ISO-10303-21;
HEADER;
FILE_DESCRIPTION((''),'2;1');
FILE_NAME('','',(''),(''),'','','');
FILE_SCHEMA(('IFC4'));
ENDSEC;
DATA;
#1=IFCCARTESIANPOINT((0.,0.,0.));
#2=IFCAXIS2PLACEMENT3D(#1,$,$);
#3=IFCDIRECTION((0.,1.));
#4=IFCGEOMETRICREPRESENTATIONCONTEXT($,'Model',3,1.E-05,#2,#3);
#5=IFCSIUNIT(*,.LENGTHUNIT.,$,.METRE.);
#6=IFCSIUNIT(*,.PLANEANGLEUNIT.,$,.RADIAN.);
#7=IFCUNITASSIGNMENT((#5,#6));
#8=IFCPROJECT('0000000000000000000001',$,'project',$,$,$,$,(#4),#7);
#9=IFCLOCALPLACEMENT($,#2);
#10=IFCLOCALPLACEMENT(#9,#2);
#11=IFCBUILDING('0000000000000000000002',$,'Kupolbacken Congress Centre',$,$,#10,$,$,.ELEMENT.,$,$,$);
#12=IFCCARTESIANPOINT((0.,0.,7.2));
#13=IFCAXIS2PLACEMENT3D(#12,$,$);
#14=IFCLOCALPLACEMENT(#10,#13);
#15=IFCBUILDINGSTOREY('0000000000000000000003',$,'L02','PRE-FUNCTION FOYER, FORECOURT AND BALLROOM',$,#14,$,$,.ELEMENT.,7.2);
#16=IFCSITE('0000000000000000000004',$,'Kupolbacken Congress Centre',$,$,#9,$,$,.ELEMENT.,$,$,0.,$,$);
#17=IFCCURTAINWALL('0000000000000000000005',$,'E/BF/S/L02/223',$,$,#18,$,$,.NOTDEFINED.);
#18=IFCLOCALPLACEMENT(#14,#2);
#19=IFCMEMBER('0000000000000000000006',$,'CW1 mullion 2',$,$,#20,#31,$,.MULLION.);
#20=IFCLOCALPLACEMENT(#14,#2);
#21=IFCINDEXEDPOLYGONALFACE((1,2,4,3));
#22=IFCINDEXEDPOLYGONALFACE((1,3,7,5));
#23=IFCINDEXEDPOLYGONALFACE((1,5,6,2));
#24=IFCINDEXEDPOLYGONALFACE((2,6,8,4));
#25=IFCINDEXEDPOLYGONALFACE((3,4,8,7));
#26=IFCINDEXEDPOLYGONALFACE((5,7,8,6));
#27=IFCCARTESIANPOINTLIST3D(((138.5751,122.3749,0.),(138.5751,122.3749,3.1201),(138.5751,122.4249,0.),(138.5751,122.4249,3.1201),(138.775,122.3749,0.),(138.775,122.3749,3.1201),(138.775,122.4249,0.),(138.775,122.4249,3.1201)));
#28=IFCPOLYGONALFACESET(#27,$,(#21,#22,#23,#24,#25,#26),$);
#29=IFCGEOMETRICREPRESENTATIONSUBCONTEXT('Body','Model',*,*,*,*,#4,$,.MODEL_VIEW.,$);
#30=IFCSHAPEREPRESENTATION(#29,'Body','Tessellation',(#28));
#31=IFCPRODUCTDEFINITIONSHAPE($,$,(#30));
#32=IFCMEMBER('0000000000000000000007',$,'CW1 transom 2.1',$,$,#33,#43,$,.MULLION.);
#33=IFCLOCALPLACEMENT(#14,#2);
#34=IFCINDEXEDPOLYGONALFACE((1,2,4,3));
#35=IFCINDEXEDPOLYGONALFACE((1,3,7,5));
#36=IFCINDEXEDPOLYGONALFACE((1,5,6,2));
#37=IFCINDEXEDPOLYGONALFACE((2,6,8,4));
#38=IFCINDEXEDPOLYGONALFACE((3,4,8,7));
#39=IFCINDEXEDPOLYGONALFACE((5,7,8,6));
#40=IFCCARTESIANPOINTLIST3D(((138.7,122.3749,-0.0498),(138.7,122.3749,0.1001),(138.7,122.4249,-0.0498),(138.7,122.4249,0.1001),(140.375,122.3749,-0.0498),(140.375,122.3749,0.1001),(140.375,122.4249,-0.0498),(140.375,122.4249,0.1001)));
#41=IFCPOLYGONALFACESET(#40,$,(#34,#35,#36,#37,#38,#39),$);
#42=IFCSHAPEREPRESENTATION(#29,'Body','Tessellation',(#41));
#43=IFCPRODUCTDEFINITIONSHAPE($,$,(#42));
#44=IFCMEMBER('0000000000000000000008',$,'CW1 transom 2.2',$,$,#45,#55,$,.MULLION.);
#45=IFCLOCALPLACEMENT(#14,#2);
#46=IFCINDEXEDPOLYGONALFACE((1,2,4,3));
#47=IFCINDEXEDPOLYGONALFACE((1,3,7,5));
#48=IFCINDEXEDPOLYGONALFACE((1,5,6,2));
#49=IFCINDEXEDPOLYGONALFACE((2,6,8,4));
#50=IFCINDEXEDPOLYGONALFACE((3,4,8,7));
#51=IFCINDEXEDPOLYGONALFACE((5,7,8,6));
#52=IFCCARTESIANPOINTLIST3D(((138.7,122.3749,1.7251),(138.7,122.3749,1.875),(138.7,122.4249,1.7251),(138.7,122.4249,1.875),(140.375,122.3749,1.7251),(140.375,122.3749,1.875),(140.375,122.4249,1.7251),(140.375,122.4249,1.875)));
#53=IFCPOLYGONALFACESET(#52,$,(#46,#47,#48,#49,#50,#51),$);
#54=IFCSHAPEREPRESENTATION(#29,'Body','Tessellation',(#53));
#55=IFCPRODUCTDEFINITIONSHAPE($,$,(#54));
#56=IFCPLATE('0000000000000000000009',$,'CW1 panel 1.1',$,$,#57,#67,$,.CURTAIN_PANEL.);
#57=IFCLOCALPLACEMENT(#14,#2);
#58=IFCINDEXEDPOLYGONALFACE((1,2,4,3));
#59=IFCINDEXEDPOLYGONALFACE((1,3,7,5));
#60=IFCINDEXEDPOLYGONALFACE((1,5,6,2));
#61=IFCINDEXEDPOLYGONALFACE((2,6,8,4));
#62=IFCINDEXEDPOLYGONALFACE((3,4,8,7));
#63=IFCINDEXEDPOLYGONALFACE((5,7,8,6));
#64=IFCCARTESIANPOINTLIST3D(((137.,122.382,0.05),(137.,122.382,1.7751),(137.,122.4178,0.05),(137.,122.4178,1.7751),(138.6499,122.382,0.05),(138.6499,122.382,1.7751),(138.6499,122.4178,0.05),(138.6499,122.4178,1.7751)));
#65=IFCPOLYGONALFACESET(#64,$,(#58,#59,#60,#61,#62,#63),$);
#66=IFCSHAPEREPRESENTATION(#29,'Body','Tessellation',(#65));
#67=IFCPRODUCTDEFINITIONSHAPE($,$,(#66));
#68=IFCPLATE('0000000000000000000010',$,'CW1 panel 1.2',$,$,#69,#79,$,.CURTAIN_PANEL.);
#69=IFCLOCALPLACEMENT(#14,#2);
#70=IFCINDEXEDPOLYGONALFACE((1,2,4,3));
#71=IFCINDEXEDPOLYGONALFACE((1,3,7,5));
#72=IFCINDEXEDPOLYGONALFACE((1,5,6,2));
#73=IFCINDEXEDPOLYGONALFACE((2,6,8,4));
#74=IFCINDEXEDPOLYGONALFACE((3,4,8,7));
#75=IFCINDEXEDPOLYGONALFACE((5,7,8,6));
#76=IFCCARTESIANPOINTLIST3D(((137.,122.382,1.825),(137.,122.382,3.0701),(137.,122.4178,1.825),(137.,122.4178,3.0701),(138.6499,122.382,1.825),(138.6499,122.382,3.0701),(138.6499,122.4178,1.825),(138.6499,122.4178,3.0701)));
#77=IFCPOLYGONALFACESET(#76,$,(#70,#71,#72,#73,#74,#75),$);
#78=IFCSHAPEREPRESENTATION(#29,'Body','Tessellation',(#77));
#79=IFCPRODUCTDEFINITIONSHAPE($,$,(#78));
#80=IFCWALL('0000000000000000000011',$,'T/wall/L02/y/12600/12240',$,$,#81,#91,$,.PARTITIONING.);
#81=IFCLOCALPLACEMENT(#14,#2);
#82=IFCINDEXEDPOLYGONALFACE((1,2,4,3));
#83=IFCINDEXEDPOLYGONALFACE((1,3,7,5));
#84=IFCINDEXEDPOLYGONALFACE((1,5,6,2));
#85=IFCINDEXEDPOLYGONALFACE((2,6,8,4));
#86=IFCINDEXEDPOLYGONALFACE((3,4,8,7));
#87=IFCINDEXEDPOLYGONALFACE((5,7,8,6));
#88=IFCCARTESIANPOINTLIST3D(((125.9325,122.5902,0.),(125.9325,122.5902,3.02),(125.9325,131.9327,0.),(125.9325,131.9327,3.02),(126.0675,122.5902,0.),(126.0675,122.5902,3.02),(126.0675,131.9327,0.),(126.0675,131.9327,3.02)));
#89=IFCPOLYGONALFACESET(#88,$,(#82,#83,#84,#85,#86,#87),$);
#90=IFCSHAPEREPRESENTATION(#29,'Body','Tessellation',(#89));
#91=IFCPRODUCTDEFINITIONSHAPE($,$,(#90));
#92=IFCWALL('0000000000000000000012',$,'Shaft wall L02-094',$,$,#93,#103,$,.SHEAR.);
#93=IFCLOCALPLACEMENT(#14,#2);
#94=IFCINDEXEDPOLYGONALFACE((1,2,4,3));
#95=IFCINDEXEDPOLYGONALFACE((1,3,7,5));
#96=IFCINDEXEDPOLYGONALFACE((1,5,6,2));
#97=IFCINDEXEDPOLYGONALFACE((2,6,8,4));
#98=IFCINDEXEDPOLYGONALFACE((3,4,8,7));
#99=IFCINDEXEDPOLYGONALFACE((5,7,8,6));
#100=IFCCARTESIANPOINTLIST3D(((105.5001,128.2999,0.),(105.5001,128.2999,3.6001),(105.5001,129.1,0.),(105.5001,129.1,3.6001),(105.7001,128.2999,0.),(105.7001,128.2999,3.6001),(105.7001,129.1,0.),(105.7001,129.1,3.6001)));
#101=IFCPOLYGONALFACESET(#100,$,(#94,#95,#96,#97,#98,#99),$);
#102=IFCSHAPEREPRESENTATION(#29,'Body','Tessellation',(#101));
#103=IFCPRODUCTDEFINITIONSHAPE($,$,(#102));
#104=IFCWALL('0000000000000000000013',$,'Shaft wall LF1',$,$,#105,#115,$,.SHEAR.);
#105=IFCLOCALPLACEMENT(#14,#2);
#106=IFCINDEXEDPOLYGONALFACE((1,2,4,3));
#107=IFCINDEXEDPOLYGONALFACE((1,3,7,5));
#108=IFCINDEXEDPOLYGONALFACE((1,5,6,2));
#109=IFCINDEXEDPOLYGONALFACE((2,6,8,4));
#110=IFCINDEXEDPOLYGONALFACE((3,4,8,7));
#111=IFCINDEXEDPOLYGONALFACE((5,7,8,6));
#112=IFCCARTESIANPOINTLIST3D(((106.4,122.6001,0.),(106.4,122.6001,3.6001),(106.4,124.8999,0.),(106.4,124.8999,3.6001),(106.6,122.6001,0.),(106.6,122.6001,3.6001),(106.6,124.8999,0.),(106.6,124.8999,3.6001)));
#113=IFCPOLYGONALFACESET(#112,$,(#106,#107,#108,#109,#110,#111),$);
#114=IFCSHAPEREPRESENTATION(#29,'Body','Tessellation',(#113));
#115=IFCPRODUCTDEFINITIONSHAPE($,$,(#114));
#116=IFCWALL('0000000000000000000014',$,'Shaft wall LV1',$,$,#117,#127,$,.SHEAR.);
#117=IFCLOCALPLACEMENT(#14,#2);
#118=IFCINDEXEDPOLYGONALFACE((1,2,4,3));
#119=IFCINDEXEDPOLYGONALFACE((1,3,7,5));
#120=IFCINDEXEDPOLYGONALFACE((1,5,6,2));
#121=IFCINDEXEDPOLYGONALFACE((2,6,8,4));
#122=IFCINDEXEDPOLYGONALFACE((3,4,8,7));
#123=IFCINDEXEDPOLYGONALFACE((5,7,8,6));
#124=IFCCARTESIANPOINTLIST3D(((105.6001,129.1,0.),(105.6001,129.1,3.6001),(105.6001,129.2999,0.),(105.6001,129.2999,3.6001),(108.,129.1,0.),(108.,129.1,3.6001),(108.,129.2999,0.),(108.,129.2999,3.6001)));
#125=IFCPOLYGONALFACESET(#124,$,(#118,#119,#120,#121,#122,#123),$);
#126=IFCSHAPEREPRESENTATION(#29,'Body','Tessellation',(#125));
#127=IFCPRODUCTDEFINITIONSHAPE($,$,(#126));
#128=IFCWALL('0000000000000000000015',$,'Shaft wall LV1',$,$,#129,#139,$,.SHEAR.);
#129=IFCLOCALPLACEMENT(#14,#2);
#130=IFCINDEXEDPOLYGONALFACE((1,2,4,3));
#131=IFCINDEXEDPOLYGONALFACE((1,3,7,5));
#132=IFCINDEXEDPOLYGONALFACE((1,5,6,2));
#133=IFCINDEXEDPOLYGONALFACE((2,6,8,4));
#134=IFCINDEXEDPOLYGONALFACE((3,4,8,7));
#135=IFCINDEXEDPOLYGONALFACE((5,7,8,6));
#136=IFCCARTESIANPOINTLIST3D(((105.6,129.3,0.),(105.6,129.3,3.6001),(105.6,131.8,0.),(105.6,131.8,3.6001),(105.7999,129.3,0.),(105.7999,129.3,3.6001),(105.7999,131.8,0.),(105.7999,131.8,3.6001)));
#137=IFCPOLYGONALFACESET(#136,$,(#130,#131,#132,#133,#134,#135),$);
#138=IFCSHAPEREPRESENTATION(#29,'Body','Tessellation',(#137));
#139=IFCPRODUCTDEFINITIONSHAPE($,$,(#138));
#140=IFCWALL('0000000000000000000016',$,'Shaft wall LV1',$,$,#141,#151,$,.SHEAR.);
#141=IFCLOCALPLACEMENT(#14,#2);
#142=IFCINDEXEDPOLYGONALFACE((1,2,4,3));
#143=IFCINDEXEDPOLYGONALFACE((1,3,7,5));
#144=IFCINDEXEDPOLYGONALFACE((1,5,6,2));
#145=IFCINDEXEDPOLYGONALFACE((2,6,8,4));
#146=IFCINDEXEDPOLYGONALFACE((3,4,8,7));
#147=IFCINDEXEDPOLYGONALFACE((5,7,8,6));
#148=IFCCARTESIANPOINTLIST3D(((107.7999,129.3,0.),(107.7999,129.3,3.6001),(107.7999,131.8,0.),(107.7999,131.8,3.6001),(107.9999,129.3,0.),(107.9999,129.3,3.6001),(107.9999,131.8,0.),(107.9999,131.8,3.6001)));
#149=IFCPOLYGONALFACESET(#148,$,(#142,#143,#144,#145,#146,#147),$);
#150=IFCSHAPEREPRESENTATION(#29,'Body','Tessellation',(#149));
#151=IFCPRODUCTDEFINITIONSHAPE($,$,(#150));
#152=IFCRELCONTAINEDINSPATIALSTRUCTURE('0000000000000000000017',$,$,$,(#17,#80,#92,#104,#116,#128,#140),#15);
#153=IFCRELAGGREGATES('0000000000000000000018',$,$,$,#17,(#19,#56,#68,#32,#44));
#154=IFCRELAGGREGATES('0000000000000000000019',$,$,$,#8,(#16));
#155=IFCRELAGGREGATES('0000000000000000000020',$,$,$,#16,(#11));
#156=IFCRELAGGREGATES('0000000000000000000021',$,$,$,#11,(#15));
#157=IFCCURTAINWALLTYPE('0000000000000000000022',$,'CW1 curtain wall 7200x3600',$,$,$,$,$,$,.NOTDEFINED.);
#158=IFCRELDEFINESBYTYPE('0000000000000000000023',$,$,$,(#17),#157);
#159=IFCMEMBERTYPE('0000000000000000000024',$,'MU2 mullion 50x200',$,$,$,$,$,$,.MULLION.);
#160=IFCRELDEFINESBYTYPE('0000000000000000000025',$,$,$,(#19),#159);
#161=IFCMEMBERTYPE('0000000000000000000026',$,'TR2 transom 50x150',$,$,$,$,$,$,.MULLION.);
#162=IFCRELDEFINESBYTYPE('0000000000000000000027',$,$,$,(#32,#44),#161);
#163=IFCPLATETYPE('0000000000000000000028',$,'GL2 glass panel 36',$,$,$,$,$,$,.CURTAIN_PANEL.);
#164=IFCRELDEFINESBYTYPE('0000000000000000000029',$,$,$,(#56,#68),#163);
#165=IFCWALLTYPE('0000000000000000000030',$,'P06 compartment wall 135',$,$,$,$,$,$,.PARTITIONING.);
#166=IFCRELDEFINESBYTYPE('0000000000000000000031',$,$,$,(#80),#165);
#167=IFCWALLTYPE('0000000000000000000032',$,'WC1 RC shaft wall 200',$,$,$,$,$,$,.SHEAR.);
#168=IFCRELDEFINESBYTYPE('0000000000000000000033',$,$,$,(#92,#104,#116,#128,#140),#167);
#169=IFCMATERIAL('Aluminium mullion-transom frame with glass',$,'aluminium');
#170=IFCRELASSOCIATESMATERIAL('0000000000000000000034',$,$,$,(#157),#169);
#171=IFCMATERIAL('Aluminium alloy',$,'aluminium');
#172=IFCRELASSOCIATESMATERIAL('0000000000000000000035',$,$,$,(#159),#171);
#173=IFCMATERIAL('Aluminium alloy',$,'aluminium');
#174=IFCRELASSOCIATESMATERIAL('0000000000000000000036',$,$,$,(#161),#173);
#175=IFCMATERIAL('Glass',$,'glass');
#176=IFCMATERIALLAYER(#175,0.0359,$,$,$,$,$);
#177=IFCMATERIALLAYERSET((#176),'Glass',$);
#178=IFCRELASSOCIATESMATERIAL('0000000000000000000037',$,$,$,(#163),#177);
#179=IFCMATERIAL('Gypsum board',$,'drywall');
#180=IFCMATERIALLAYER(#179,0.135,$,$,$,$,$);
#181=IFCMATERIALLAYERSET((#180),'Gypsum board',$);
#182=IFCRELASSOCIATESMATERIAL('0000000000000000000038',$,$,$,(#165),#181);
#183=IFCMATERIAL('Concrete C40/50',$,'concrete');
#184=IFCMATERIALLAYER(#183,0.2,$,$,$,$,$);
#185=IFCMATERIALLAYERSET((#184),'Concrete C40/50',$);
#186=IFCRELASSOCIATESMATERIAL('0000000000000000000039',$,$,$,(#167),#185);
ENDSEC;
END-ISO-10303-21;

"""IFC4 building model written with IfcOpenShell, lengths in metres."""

from ifc_helpers import new_model, si_unit, direction, frame, frame_2d, origin, origin_2d, place, context, subcontext, project, spatial, rectangle, extrude, material, layer, layer_set, material_profile, profile_set, type_object, element, aggregate, save


model = new_model("IFC4")

# Units and contexts
model_context = context("Model", 3, precision=1e-05, world=origin(), true_north=direction((0.0, 1.0)))
body_context = subcontext(model_context, "Body", "Model", "MODEL_VIEW")
ifc_project = project(units=[si_unit("LENGTHUNIT", "METRE"), si_unit("PLANEANGLEUNIT", "RADIAN")], contexts=[model_context])

# Site, building, storey
site_placement = place(None, origin())
site = spatial("IfcSite", under=ifc_project, at=site_placement, Name="Kupolbacken Congress Centre", CompositionType="ELEMENT", RefElevation=0.0)
building_placement = place(site_placement, origin())
building = spatial("IfcBuilding", under=site, at=building_placement, Name="Kupolbacken Congress Centre", CompositionType="ELEMENT")
storey_placement = place(building_placement, frame((0.0, 0.0, 7.2)))
storey = spatial("IfcBuildingStorey", under=building, at=storey_placement, Name="L02", Description="PRE-FUNCTION FOYER, FORECOURT AND BALLROOM", CompositionType="ELEMENT", Elevation=7.2)

# Curtain wall, members, plates
ifc_material_1 = material(Name="Aluminium mullion-transom frame with glass", Category="aluminium")
curtain_wall_type = type_object("IfcCurtainWallType", Name="CW1 curtain wall 7200x3600", PredefinedType="NOTDEFINED", material=ifc_material_1)
curtain_wall_placement = place(storey_placement, origin())
curtain_wall = element("IfcCurtainWall", 1, at=curtain_wall_placement, inside=storey, type_object=curtain_wall_type, Name="E/BF/S/L02/223", PredefinedType="NOTDEFINED")
ifc_material_2 = material(Name="Aluminium alloy", Category="aluminium")
ifc_material_profile_1 = material_profile(ifc_material_2, rectangle(XDim=0.05, YDim=0.2, at=origin_2d()), Name="50 x 200")
ifc_profile_set_1 = profile_set([ifc_material_profile_1], Name="Aluminium alloy")
member_type_1 = type_object("IfcMemberType", Name="MU2 mullion 50x200", PredefinedType="MULLION", material=ifc_profile_set_1)
member_1_placement = place(storey_placement, frame((138.675, 122.3999, 0.0), z_axis=(0.0, 0.0, 1.0), x_axis=(0.0, 1.0, 0.0)))
member_1 = element("IfcMember", 2, at=member_1_placement, type_object=member_type_1, Name="CW1 mullion 2", PredefinedType="MULLION", context=body_context, shape_type="SweptSolid", body=[
    extrude(rectangle(XDim=0.05, YDim=0.2, at=origin_2d()), origin(), (0.0, 0.0, 1.0), 3.1201),
])
ifc_material_3 = material(Name="Aluminium alloy", Category="aluminium")
ifc_material_profile_2 = material_profile(ifc_material_3, rectangle(XDim=0.05, YDim=0.1499, at=origin_2d()), Name="50 x 150")
ifc_profile_set_2 = profile_set([ifc_material_profile_2], Name="Aluminium alloy")
member_type_2 = type_object("IfcMemberType", Name="TR2 transom 50x150", PredefinedType="MULLION", material=ifc_profile_set_2)
member_2_placement = place(storey_placement, frame((138.7, 122.3999, 0.0251), z_axis=(1.0, 0.0, 0.0), x_axis=(0.0, 1.0, 0.0)))
member_2 = element("IfcMember", 3, at=member_2_placement, type_object=member_type_2, Name="CW1 transom 2.1", PredefinedType="MULLION", context=body_context, shape_type="SweptSolid", body=[
    extrude(rectangle(XDim=0.05, YDim=0.1499, at=origin_2d()), origin(), (0.0, 0.0, 1.0), 1.675),
])
member_3_placement = place(storey_placement, frame((138.7, 122.3999, 1.8), z_axis=(1.0, 0.0, 0.0), x_axis=(0.0, 1.0, 0.0)))
member_3 = element("IfcMember", 4, at=member_3_placement, type_object=member_type_2, Name="CW1 transom 2.2", PredefinedType="MULLION", context=body_context, shape_type="SweptSolid", body=[
    extrude(rectangle(XDim=0.05, YDim=0.1499, at=origin_2d()), origin(), (0.0, 0.0, 1.0), 1.675),
])
ifc_material_4 = material(Name="Glass", Category="glass")
ifc_layer_1 = layer(ifc_material_4, 0.0359)
ifc_layer_set_1 = layer_set([ifc_layer_1], Name="Glass")
plate_type = type_object("IfcPlateType", Name="GL2 glass panel 36", PredefinedType="CURTAIN_PANEL", material=ifc_layer_set_1)
plate_1_placement = place(storey_placement, frame((137.825, 122.3999, 0.05), z_axis=(0.0, 0.0, 1.0), x_axis=(1.0, 0.0, 0.0)))
plate_1 = element("IfcPlate", 5, at=plate_1_placement, type_object=plate_type, Name="CW1 panel 1.1", PredefinedType="CURTAIN_PANEL", context=body_context, shape_type="SweptSolid", body=[
    extrude(rectangle(XDim=1.6499, YDim=0.0359, at=origin_2d()), origin(), (0.0, 0.0, 1.0), 1.7251),
])
plate_2_placement = place(storey_placement, frame((137.825, 122.3999, 1.825), z_axis=(0.0, 0.0, 1.0), x_axis=(1.0, 0.0, 0.0)))
plate_2 = element("IfcPlate", 6, at=plate_2_placement, type_object=plate_type, Name="CW1 panel 1.2", PredefinedType="CURTAIN_PANEL", context=body_context, shape_type="SweptSolid", body=[
    extrude(rectangle(XDim=1.6499, YDim=0.0359, at=origin_2d()), origin(), (0.0, 0.0, 1.0), 1.2451),
])
aggregate(curtain_wall, [member_1, plate_1, plate_2, member_2, member_3])

# Walls
ifc_material_5 = material(Name="Gypsum board", Category="drywall")
ifc_layer_2 = layer(ifc_material_5, 0.135)
ifc_layer_set_2 = layer_set([ifc_layer_2], Name="Gypsum board")
wall_type_1 = type_object("IfcWallType", Name="P06 compartment wall 135", PredefinedType="PARTITIONING", material=ifc_layer_set_2)
wall_1_placement = place(storey_placement, frame((126.0, 122.5901, 0.0), z_axis=(0.0, 0.0, 1.0), x_axis=(0.0, 1.0, 0.0)))
element("IfcWall", 7, at=wall_1_placement, inside=storey, type_object=wall_type_1, Name="T/wall/L02/y/12600/12240", PredefinedType="PARTITIONING", context=body_context, shape_type="SweptSolid", body=[
    extrude(rectangle(XDim=9.3425, YDim=0.135, at=frame_2d((4.6714, 0.0))), origin(), (0.0, 0.0, 1.0), 3.02),
])
ifc_material_6 = material(Name="Concrete C40/50", Category="concrete")
ifc_layer_3 = layer(ifc_material_6, 0.2)
ifc_layer_set_3 = layer_set([ifc_layer_3], Name="Concrete C40/50")
wall_type_2 = type_object("IfcWallType", Name="WC1 RC shaft wall 200", PredefinedType="SHEAR", material=ifc_layer_set_3)
wall_2_placement = place(storey_placement, frame((105.6001, 128.3, 0.0), z_axis=(0.0, 0.0, 1.0), x_axis=(0.0, 1.0, 0.0)))
element("IfcWall", 8, at=wall_2_placement, inside=storey, type_object=wall_type_2, Name="Shaft wall L02-094", PredefinedType="SHEAR", context=body_context, shape_type="SweptSolid", body=[
    extrude(rectangle(XDim=0.8, YDim=0.2, at=frame_2d((0.3999, 0.0))), origin(), (0.0, 0.0, 1.0), 3.6001),
])
wall_3_placement = place(storey_placement, frame((106.5, 122.6001, 0.0), z_axis=(0.0, 0.0, 1.0), x_axis=(0.0, 1.0, 0.0)))
element("IfcWall", 9, at=wall_3_placement, inside=storey, type_object=wall_type_2, Name="Shaft wall LF1", PredefinedType="SHEAR", context=body_context, shape_type="SweptSolid", body=[
    extrude(rectangle(XDim=2.2998, YDim=0.2, at=frame_2d((1.1499, 0.0))), origin(), (0.0, 0.0, 1.0), 3.6001),
])
wall_4_placement = place(storey_placement, frame((105.6001, 129.2, 0.0), z_axis=(0.0, 0.0, 1.0), x_axis=(1.0, 0.0, 0.0)))
element("IfcWall", 10, at=wall_4_placement, inside=storey, type_object=wall_type_2, Name="Shaft wall LV1", PredefinedType="SHEAR", context=body_context, shape_type="SweptSolid", body=[
    extrude(rectangle(XDim=2.3999, YDim=0.2, at=frame_2d((1.2, 0.0))), origin(), (0.0, 0.0, 1.0), 3.6001),
])
for number, where, z_axis, x_axis, name in (
    (11, (105.7, 129.3, 0.0), (0.0, 0.0, 1.0), (0.0, 1.0, 0.0), "Shaft wall LV1"),
    (12, (107.8999, 129.3, 0.0), (0.0, 0.0, 1.0), (0.0, 1.0, 0.0), "Shaft wall LV1"),
):
    element("IfcWall", number, at=place(storey_placement, frame(where, z_axis=z_axis, x_axis=x_axis)), inside=storey, type_object=wall_type_2, Name=name, PredefinedType="SHEAR", context=body_context, shape_type="SweptSolid", body=[
        extrude(rectangle(XDim=2.5, YDim=0.2, at=frame_2d((1.25, 0.0))), origin(), (0.0, 0.0, 1.0), 3.6001),
    ])

save(model, "model.ifc")
